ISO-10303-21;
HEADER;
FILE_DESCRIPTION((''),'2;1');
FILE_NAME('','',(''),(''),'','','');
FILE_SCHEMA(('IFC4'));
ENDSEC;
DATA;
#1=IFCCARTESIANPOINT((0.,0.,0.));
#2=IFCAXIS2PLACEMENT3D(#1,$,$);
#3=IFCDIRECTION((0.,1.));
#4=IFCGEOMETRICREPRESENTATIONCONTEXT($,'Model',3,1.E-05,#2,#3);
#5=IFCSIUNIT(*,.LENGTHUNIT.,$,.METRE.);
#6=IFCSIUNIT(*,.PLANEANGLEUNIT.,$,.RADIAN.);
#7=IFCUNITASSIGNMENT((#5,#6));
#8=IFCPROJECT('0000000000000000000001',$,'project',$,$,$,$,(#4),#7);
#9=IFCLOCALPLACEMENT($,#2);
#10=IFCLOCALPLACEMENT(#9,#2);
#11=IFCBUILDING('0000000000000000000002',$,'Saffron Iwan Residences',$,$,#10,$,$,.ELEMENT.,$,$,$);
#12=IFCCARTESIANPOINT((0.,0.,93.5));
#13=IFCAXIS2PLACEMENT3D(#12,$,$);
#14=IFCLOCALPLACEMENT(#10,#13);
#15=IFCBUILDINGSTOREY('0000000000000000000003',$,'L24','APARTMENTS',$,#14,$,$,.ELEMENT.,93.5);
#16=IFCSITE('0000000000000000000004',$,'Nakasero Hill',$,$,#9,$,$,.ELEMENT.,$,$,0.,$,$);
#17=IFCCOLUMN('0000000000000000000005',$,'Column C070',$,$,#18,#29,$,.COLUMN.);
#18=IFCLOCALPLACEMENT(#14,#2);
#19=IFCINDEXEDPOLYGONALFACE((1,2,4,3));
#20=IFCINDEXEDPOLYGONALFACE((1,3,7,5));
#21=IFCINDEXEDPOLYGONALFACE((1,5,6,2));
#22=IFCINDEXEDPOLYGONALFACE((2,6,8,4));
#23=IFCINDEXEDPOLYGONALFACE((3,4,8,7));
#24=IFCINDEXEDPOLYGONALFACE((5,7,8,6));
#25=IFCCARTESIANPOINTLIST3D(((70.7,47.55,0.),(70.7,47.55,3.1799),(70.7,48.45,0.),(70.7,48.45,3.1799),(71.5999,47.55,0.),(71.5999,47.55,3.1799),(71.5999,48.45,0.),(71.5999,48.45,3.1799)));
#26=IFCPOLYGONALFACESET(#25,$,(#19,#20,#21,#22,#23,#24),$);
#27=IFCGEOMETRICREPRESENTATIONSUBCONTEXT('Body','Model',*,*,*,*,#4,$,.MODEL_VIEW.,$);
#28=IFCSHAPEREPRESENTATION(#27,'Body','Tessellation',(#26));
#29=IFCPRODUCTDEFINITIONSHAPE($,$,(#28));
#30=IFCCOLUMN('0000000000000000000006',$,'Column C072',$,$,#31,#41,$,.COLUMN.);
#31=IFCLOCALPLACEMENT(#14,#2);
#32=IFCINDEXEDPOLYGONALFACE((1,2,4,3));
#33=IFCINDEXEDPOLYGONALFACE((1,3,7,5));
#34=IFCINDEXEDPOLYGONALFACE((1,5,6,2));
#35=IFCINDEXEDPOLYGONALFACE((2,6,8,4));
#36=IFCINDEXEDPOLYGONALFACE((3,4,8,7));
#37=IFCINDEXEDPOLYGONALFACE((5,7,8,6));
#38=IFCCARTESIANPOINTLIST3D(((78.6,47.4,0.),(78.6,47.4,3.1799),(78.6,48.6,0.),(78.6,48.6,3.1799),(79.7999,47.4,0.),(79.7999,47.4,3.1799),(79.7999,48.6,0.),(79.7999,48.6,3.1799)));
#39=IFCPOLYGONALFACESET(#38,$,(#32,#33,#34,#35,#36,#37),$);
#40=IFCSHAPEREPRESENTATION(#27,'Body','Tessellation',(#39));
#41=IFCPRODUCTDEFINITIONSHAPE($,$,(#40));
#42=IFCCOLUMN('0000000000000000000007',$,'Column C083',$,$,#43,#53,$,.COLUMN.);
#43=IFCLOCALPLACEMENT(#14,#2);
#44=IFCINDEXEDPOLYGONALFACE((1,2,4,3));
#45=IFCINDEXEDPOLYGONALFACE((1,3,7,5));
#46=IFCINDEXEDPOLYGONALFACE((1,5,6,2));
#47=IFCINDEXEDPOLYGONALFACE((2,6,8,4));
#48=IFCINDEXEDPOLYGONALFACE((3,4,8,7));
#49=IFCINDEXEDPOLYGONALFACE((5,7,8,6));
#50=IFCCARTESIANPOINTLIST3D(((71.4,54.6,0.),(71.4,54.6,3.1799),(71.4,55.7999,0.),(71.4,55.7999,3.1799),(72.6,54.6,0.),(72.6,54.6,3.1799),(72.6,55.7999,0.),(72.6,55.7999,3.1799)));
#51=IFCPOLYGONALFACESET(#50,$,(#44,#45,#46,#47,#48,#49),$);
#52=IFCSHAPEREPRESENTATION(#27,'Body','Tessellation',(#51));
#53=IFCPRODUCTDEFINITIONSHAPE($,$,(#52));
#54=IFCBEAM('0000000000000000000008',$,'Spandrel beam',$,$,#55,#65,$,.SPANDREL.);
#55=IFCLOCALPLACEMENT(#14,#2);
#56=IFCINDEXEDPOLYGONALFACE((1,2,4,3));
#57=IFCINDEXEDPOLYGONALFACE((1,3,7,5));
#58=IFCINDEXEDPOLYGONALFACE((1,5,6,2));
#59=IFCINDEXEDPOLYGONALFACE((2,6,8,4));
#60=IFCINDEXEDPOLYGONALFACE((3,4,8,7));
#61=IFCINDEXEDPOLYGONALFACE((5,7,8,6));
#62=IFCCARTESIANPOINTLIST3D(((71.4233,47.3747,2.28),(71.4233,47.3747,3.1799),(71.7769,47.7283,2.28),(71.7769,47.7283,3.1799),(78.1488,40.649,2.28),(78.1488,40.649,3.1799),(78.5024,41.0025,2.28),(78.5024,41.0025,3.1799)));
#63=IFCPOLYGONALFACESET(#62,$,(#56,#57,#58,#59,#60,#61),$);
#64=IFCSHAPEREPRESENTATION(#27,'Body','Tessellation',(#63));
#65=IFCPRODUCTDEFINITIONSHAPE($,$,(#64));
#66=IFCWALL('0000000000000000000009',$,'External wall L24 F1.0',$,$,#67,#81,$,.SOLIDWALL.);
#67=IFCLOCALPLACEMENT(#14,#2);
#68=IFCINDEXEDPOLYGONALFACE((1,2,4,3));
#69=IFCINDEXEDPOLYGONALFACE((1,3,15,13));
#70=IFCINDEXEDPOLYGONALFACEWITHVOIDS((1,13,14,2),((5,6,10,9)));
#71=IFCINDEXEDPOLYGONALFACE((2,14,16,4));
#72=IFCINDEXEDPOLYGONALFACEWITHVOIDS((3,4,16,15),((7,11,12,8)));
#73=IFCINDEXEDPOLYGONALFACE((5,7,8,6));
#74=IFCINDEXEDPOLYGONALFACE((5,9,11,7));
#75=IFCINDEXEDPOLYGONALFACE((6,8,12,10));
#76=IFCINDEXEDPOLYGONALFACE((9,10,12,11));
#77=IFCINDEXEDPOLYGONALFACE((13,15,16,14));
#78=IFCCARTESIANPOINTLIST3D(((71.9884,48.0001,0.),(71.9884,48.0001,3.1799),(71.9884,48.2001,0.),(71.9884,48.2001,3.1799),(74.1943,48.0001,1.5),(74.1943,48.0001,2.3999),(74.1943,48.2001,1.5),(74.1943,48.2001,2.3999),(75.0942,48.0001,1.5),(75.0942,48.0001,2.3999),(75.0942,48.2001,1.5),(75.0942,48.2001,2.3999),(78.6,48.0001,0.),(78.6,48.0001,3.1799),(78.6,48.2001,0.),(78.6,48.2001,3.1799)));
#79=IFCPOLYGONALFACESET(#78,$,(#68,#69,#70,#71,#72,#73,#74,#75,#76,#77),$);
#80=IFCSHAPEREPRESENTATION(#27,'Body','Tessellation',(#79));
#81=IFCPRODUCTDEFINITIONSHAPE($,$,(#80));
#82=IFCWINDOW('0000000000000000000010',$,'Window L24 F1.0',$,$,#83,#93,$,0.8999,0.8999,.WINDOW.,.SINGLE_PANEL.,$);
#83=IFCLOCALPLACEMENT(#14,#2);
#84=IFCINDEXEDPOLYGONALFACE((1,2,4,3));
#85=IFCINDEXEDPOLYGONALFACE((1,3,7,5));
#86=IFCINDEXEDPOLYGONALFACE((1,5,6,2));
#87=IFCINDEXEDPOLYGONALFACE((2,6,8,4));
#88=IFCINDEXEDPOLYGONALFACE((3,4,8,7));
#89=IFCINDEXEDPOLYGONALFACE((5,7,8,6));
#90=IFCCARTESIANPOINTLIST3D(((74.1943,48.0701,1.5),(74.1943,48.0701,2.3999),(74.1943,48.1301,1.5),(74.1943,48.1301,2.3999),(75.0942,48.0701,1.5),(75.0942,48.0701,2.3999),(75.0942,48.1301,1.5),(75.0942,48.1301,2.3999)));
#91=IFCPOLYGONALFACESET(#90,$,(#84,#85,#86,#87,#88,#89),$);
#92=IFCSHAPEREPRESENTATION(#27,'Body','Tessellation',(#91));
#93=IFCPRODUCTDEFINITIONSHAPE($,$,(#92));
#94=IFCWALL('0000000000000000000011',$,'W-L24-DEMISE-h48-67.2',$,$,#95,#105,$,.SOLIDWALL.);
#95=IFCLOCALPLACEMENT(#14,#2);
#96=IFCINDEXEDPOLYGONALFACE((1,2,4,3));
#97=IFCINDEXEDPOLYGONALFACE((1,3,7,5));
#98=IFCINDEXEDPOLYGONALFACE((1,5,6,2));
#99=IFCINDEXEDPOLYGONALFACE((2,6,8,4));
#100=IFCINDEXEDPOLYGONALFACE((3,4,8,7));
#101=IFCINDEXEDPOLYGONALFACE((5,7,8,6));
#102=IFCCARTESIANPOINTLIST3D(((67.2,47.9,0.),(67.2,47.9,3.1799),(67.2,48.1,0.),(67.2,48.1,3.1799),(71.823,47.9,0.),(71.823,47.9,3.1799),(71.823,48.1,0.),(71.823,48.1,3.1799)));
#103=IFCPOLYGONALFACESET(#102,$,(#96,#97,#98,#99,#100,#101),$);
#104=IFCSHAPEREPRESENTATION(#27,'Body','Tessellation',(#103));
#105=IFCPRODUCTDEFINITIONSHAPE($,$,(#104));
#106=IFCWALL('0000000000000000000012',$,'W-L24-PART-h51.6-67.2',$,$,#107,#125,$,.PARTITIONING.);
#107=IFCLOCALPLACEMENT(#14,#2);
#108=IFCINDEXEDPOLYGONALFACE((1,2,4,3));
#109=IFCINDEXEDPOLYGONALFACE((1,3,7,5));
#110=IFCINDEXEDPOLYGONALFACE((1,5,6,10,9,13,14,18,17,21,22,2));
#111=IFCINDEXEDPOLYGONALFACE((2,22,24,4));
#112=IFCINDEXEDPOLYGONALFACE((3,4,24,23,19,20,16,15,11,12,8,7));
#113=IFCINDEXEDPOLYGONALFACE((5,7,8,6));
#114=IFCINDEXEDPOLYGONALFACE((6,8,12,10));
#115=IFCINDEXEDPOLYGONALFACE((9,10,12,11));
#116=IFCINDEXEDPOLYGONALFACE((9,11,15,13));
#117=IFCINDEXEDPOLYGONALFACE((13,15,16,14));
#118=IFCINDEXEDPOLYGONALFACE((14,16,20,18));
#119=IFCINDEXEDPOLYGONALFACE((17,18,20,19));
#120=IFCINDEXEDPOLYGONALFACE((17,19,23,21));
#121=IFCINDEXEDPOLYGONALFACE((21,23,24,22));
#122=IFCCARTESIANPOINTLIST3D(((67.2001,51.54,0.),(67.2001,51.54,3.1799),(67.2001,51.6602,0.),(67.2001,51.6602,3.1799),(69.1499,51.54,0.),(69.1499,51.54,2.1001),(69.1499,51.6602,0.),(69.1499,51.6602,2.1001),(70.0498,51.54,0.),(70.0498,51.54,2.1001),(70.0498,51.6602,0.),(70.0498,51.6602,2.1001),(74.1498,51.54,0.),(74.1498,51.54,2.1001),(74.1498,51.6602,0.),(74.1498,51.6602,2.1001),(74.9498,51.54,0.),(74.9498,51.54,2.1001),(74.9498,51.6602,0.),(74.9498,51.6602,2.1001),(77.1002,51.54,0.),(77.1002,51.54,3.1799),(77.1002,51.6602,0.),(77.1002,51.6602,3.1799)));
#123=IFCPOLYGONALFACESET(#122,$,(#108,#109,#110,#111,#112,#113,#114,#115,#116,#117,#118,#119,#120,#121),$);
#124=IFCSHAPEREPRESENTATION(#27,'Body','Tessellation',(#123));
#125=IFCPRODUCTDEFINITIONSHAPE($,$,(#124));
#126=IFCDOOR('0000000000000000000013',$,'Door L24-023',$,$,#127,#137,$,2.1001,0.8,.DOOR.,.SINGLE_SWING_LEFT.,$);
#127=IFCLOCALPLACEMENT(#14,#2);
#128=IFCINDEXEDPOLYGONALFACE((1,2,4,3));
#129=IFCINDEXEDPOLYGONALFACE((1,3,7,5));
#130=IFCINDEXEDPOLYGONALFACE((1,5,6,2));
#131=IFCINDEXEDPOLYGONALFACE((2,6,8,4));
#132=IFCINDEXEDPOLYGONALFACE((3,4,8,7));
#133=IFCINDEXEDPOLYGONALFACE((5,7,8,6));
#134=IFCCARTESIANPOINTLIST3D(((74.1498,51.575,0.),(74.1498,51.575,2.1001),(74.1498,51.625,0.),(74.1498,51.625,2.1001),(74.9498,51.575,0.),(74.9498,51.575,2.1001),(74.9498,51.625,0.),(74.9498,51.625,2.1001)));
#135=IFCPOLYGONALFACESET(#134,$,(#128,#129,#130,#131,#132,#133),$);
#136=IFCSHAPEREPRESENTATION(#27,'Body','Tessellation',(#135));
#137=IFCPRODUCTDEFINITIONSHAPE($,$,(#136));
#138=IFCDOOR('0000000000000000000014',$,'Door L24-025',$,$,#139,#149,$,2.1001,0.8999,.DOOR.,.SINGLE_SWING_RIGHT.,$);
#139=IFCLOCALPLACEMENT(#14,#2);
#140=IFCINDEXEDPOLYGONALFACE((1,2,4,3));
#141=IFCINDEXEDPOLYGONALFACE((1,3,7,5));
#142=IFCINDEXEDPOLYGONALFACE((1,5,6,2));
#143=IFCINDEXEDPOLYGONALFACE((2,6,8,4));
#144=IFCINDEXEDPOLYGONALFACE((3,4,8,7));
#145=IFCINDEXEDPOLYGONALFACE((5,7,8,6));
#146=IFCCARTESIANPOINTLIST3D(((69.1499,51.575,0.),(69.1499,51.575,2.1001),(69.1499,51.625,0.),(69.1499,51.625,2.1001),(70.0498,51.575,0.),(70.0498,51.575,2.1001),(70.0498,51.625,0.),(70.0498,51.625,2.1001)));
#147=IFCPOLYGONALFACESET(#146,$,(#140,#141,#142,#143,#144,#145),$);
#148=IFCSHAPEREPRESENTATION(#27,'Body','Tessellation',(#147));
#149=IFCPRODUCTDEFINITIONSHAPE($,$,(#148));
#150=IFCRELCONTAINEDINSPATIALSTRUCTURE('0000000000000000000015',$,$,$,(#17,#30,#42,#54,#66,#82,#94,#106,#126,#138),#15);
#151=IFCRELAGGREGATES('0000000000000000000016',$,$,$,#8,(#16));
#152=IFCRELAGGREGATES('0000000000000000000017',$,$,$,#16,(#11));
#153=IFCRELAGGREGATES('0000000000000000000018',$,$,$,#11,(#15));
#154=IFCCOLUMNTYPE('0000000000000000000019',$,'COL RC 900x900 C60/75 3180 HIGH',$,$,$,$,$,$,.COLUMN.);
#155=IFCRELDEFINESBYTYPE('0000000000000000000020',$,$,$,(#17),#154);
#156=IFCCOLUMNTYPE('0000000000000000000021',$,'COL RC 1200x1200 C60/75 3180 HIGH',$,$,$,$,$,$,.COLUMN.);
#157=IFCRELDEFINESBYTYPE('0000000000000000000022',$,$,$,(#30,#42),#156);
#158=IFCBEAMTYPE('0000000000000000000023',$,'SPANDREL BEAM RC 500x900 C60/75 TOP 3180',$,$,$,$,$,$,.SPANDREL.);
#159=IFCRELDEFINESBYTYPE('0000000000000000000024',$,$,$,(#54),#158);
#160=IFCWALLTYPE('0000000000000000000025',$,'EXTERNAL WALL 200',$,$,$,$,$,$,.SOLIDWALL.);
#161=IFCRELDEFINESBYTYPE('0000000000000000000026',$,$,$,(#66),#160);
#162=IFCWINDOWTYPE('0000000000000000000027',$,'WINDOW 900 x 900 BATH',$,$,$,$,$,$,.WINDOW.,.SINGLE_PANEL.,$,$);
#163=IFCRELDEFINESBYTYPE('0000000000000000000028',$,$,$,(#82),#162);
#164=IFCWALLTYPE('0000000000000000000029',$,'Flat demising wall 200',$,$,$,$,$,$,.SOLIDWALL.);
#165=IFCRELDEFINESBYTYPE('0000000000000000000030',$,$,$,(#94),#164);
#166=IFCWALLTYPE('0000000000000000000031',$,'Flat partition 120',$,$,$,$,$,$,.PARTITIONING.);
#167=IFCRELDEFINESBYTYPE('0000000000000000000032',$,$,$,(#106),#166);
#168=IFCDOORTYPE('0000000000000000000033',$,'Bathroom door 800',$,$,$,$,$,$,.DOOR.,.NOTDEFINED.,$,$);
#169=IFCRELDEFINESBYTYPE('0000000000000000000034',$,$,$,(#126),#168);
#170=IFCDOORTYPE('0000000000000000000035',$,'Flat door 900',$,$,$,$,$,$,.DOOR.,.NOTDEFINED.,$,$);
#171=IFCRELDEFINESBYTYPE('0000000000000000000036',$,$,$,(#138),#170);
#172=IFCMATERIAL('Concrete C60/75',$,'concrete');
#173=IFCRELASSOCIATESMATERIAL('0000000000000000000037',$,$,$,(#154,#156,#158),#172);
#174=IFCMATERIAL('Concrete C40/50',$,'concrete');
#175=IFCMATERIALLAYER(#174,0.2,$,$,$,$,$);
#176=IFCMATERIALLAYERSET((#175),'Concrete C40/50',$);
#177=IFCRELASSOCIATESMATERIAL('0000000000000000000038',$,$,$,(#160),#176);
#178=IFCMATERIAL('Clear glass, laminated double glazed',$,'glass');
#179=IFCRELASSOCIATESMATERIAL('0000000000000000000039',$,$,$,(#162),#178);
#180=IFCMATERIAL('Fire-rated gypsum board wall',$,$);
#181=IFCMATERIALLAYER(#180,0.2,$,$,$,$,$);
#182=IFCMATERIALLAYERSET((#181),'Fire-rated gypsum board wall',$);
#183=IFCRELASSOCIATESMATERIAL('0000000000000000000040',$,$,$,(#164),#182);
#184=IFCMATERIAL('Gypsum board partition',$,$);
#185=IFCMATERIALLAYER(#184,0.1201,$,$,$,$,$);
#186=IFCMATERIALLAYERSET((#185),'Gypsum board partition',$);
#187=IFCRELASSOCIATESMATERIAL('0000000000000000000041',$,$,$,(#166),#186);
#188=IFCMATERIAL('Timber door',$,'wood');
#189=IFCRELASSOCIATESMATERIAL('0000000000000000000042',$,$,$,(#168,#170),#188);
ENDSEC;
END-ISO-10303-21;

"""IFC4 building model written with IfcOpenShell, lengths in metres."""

from ifc_helpers import new_model, si_unit, direction, frame, frame_2d, origin, origin_2d, place, context, subcontext, project, spatial, rectangle, extrude, source, transform, mapped, material, layer, layer_set, material_profile, profile_set, type_object, element, fill, save


model = new_model("IFC4")

# Units and contexts
model_context = context("Model", 3, precision=1e-05, world=origin(), true_north=direction((0.0, 1.0)))
body_context = subcontext(model_context, "Body", "Model", "MODEL_VIEW")
ifc_project = project(units=[si_unit("LENGTHUNIT", "METRE"), si_unit("PLANEANGLEUNIT", "RADIAN")], contexts=[model_context])

# Site, building, storey
site_placement = place(None, origin())
site = spatial("IfcSite", under=ifc_project, at=site_placement, Name="Nakasero Hill", CompositionType="ELEMENT", RefElevation=0.0)
building_placement = place(site_placement, origin())
building = spatial("IfcBuilding", under=site, at=building_placement, Name="Saffron Iwan Residences", CompositionType="ELEMENT")
storey_placement = place(building_placement, frame((0.0, 0.0, 93.5)))
storey = spatial("IfcBuildingStorey", under=building, at=storey_placement, Name="L24", Description="APARTMENTS", CompositionType="ELEMENT", Elevation=93.5)

# Columns
ifc_material_1 = material(Name="Concrete C60/75", Category="concrete")
ifc_material_profile_1 = material_profile(ifc_material_1, rectangle(XDim=0.8999, YDim=0.8999, at=origin_2d()), Name="RC 900x900")
ifc_profile_set_1 = profile_set([ifc_material_profile_1], Name="Concrete C60/75")
column_type_1 = type_object("IfcColumnType", Name="COL RC 900x900 C60/75 3180 HIGH", PredefinedType="COLUMN", material=ifc_profile_set_1)
shared_shape_1 = source(origin(), body_context, "Body", "SweptSolid", [
    extrude(rectangle(XDim=0.8999, YDim=0.8999, at=origin_2d()), origin(), (0.0, 0.0, 1.0), 3.1799),
])
column_placement = place(storey_placement, frame((71.1499, 48.0, 0.0), z_axis=(0.0, 0.0, 1.0), x_axis=(1.0, 0.0, 0.0)))
element("IfcColumn", 1, at=column_placement, inside=storey, type_object=column_type_1, Name="Column C070", PredefinedType="COLUMN", context=body_context, shape_type="MappedRepresentation", body=[
    mapped(shared_shape_1, transform((0.0, 0.0, 0.0))),
])
ifc_material_profile_2 = material_profile(ifc_material_1, rectangle(XDim=1.2, YDim=1.2, at=origin_2d()), Name="RC 1200x1200")
ifc_profile_set_2 = profile_set([ifc_material_profile_2], Name="Concrete C60/75")
column_type_2 = type_object("IfcColumnType", Name="COL RC 1200x1200 C60/75 3180 HIGH", PredefinedType="COLUMN", material=ifc_profile_set_2)
shared_shape_2 = source(origin(), body_context, "Body", "SweptSolid", [
    extrude(rectangle(XDim=1.2, YDim=1.2, at=origin_2d()), origin(), (0.0, 0.0, 1.0), 3.1799),
])
for number, where, z_axis, x_axis, name in (
    (2, (79.2, 48.0, 0.0), (0.0, 0.0, 1.0), (1.0, 0.0, 0.0), "Column C072"),
    (3, (72.0, 55.2, 0.0), (0.0, 0.0, 1.0), (1.0, 0.0, 0.0), "Column C083"),
):
    element("IfcColumn", number, at=place(storey_placement, frame(where, z_axis=z_axis, x_axis=x_axis)), inside=storey, type_object=column_type_2, Name=name, PredefinedType="COLUMN", context=body_context, shape_type="MappedRepresentation", body=[
        mapped(shared_shape_2, transform((0.0, 0.0, 0.0))),
    ])

# Beam
ifc_material_profile_3 = material_profile(ifc_material_1, rectangle(XDim=0.5, YDim=0.8999, at=origin_2d()), Name="RC 500x900")
ifc_profile_set_3 = profile_set([ifc_material_profile_3], Name="Concrete C60/75")
beam_type = type_object("IfcBeamType", Name="SPANDREL BEAM RC 500x900 C60/75 TOP 3180", PredefinedType="SPANDREL", material=ifc_profile_set_3)
shared_shape_3 = source(origin(), body_context, "Body", "SweptSolid", [
    extrude(rectangle(XDim=0.5, YDim=0.8999, at=origin_2d()), origin(), (0.0, 0.0, 1.0), 9.5115),
])
beam_placement = place(storey_placement, frame((71.6001, 47.5515, 2.73), z_axis=(0.707094, -0.70712, 0.0), x_axis=(0.70712, 0.707094, 0.0)))
element("IfcBeam", 4, at=beam_placement, inside=storey, type_object=beam_type, Name="Spandrel beam", PredefinedType="SPANDREL", context=body_context, shape_type="MappedRepresentation", body=[
    mapped(shared_shape_3, transform((0.0, 0.0, 0.0))),
])

# Wall, opening, window
ifc_material_2 = material(Name="Concrete C40/50", Category="concrete")
ifc_layer_1 = layer(ifc_material_2, 0.2)
ifc_layer_set_1 = layer_set([ifc_layer_1], Name="Concrete C40/50")
wall_type_1 = type_object("IfcWallType", Name="EXTERNAL WALL 200", PredefinedType="SOLIDWALL", material=ifc_layer_set_1)
wall_1_placement = place(storey_placement, frame((71.9885, 48.1001, 0.0), z_axis=(0.0, 0.0, 1.0), x_axis=(1.0, 0.0, 0.0)))
wall_1 = element("IfcWall", 5, at=wall_1_placement, inside=storey, type_object=wall_type_1, Name="External wall L24 F1.0", PredefinedType="SOLIDWALL", context=body_context, shape_type="SweptSolid", body=[
    extrude(rectangle(XDim=6.6116, YDim=0.2, at=frame_2d((3.3057, 0.0))), origin(), (0.0, 0.0, 1.0), 3.1799),
])
opening_1_placement = place(wall_1_placement, frame((2.2058, 0.0, 1.5)))
opening_1 = element("IfcOpeningElement", 6, at=opening_1_placement, cuts=wall_1, PredefinedType="OPENING", context=body_context, shape_type="SweptSolid", body=[
    extrude(rectangle(XDim=0.8999, YDim=0.8999, at=frame_2d((0.45, 0.45))), frame((0.0, 0.1099, 0.0), z_axis=(0.0, -1.0, 0.0), x_axis=(1.0, 0.0, 0.0)), (0.0, 0.0, 1.0), 0.22),
])
ifc_material_3 = material(Name="Clear glass, laminated double glazed", Category="glass")
window_type = type_object("IfcWindowType", Name="WINDOW 900 x 900 BATH", PartitioningType="SINGLE_PANEL", PredefinedType="WINDOW", material=ifc_material_3)
window_placement = place(opening_1_placement, origin())
window = element("IfcWindow", 7, at=window_placement, inside=storey, type_object=window_type, Name="Window L24 F1.0", OverallHeight=0.8999, OverallWidth=0.8999, PartitioningType="SINGLE_PANEL", PredefinedType="WINDOW", context=body_context, shape_type="SweptSolid", body=[
    extrude(rectangle(XDim=0.8999, YDim=0.8999, at=frame_2d((0.45, 0.45))), frame((0.0, 0.03, 0.0), z_axis=(0.0, -1.0, 0.0), x_axis=(1.0, 0.0, 0.0)), (0.0, 0.0, 1.0), 0.0601),
])
fill(opening_1, window)

# Wall
ifc_material_4 = material(Name="Fire-rated gypsum board wall")
ifc_layer_2 = layer(ifc_material_4, 0.2)
ifc_layer_set_2 = layer_set([ifc_layer_2], Name="Fire-rated gypsum board wall")
wall_type_2 = type_object("IfcWallType", Name="Flat demising wall 200", PredefinedType="SOLIDWALL", material=ifc_layer_set_2)
wall_2_placement = place(storey_placement, frame((67.2, 48.0, 0.0), z_axis=(0.0, 0.0, 1.0), x_axis=(1.0, 0.0, 0.0)))
element("IfcWall", 8, at=wall_2_placement, inside=storey, type_object=wall_type_2, Name="W-L24-DEMISE-h48-67.2", PredefinedType="SOLIDWALL", context=body_context, shape_type="SweptSolid", body=[
    extrude(rectangle(XDim=4.623, YDim=0.2, at=frame_2d((2.3115, 0.0))), origin(), (0.0, 0.0, 1.0), 3.1799),
])

# Wall, openings, doors
ifc_material_5 = material(Name="Gypsum board partition")
ifc_layer_3 = layer(ifc_material_5, 0.1201)
ifc_layer_set_3 = layer_set([ifc_layer_3], Name="Gypsum board partition")
wall_type_3 = type_object("IfcWallType", Name="Flat partition 120", PredefinedType="PARTITIONING", material=ifc_layer_set_3)
wall_3_placement = place(storey_placement, frame((67.2, 51.6001, 0.0), z_axis=(0.0, 0.0, 1.0), x_axis=(1.0, 0.0, 0.0)))
wall_3 = element("IfcWall", 9, at=wall_3_placement, inside=storey, type_object=wall_type_3, Name="W-L24-PART-h51.6-67.2", PredefinedType="PARTITIONING", context=body_context, shape_type="SweptSolid", body=[
    extrude(rectangle(XDim=9.9001, YDim=0.1201, at=frame_2d((4.9502, 0.0))), origin(), (0.0, 0.0, 1.0), 3.1799),
])
opening_2_placement = place(wall_3_placement, frame((6.95, 0.0, 0.0)))
opening_2 = element("IfcOpeningElement", 10, at=opening_2_placement, cuts=wall_3, PredefinedType="OPENING", context=body_context, shape_type="SweptSolid", body=[
    extrude(rectangle(XDim=0.8, YDim=2.1001, at=frame_2d((0.3999, 1.05))), frame((0.0, 0.0701, 0.0), z_axis=(0.0, -1.0, 0.0), x_axis=(1.0, 0.0, 0.0)), (0.0, 0.0, 1.0), 0.1401),
])
opening_3_placement = place(wall_3_placement, frame((1.95, 0.0, 0.0)))
opening_3 = element("IfcOpeningElement", 11, at=opening_3_placement, cuts=wall_3, PredefinedType="OPENING", context=body_context, shape_type="SweptSolid", body=[
    extrude(rectangle(XDim=0.8999, YDim=2.1001, at=frame_2d((0.45, 1.05))), frame((0.0, 0.0701, 0.0), z_axis=(0.0, -1.0, 0.0), x_axis=(1.0, 0.0, 0.0)), (0.0, 0.0, 1.0), 0.1401),
])
ifc_material_6 = material(Name="Timber door", Category="wood")
door_type_1 = type_object("IfcDoorType", Name="Bathroom door 800", OperationType="NOTDEFINED", PredefinedType="DOOR", material=ifc_material_6)
door_1_placement = place(opening_2_placement, origin())
door_1 = element("IfcDoor", 12, at=door_1_placement, inside=storey, type_object=door_type_1, Name="Door L24-023", OperationType="SINGLE_SWING_LEFT", OverallHeight=2.1001, OverallWidth=0.8, PredefinedType="DOOR", context=body_context, shape_type="SweptSolid", body=[
    extrude(rectangle(XDim=0.8, YDim=2.1001, at=frame_2d((0.3999, 1.05))), frame((0.0, 0.0249, 0.0), z_axis=(0.0, -1.0, 0.0), x_axis=(1.0, 0.0, 0.0)), (0.0, 0.0, 1.0), 0.05),
])
fill(opening_2, door_1)
door_type_2 = type_object("IfcDoorType", Name="Flat door 900", OperationType="NOTDEFINED", PredefinedType="DOOR", material=ifc_material_6)
door_2_placement = place(opening_3_placement, origin())
door_2 = element("IfcDoor", 13, at=door_2_placement, inside=storey, type_object=door_type_2, Name="Door L24-025", OperationType="SINGLE_SWING_RIGHT", OverallHeight=2.1001, OverallWidth=0.8999, PredefinedType="DOOR", context=body_context, shape_type="SweptSolid", body=[
    extrude(rectangle(XDim=0.8999, YDim=2.1001, at=frame_2d((0.45, 1.05))), frame((0.0, 0.0249, 0.0), z_axis=(0.0, -1.0, 0.0), x_axis=(1.0, 0.0, 0.0)), (0.0, 0.0, 1.0), 0.05),
])
fill(opening_3, door_2)

save(model, "model.ifc")
